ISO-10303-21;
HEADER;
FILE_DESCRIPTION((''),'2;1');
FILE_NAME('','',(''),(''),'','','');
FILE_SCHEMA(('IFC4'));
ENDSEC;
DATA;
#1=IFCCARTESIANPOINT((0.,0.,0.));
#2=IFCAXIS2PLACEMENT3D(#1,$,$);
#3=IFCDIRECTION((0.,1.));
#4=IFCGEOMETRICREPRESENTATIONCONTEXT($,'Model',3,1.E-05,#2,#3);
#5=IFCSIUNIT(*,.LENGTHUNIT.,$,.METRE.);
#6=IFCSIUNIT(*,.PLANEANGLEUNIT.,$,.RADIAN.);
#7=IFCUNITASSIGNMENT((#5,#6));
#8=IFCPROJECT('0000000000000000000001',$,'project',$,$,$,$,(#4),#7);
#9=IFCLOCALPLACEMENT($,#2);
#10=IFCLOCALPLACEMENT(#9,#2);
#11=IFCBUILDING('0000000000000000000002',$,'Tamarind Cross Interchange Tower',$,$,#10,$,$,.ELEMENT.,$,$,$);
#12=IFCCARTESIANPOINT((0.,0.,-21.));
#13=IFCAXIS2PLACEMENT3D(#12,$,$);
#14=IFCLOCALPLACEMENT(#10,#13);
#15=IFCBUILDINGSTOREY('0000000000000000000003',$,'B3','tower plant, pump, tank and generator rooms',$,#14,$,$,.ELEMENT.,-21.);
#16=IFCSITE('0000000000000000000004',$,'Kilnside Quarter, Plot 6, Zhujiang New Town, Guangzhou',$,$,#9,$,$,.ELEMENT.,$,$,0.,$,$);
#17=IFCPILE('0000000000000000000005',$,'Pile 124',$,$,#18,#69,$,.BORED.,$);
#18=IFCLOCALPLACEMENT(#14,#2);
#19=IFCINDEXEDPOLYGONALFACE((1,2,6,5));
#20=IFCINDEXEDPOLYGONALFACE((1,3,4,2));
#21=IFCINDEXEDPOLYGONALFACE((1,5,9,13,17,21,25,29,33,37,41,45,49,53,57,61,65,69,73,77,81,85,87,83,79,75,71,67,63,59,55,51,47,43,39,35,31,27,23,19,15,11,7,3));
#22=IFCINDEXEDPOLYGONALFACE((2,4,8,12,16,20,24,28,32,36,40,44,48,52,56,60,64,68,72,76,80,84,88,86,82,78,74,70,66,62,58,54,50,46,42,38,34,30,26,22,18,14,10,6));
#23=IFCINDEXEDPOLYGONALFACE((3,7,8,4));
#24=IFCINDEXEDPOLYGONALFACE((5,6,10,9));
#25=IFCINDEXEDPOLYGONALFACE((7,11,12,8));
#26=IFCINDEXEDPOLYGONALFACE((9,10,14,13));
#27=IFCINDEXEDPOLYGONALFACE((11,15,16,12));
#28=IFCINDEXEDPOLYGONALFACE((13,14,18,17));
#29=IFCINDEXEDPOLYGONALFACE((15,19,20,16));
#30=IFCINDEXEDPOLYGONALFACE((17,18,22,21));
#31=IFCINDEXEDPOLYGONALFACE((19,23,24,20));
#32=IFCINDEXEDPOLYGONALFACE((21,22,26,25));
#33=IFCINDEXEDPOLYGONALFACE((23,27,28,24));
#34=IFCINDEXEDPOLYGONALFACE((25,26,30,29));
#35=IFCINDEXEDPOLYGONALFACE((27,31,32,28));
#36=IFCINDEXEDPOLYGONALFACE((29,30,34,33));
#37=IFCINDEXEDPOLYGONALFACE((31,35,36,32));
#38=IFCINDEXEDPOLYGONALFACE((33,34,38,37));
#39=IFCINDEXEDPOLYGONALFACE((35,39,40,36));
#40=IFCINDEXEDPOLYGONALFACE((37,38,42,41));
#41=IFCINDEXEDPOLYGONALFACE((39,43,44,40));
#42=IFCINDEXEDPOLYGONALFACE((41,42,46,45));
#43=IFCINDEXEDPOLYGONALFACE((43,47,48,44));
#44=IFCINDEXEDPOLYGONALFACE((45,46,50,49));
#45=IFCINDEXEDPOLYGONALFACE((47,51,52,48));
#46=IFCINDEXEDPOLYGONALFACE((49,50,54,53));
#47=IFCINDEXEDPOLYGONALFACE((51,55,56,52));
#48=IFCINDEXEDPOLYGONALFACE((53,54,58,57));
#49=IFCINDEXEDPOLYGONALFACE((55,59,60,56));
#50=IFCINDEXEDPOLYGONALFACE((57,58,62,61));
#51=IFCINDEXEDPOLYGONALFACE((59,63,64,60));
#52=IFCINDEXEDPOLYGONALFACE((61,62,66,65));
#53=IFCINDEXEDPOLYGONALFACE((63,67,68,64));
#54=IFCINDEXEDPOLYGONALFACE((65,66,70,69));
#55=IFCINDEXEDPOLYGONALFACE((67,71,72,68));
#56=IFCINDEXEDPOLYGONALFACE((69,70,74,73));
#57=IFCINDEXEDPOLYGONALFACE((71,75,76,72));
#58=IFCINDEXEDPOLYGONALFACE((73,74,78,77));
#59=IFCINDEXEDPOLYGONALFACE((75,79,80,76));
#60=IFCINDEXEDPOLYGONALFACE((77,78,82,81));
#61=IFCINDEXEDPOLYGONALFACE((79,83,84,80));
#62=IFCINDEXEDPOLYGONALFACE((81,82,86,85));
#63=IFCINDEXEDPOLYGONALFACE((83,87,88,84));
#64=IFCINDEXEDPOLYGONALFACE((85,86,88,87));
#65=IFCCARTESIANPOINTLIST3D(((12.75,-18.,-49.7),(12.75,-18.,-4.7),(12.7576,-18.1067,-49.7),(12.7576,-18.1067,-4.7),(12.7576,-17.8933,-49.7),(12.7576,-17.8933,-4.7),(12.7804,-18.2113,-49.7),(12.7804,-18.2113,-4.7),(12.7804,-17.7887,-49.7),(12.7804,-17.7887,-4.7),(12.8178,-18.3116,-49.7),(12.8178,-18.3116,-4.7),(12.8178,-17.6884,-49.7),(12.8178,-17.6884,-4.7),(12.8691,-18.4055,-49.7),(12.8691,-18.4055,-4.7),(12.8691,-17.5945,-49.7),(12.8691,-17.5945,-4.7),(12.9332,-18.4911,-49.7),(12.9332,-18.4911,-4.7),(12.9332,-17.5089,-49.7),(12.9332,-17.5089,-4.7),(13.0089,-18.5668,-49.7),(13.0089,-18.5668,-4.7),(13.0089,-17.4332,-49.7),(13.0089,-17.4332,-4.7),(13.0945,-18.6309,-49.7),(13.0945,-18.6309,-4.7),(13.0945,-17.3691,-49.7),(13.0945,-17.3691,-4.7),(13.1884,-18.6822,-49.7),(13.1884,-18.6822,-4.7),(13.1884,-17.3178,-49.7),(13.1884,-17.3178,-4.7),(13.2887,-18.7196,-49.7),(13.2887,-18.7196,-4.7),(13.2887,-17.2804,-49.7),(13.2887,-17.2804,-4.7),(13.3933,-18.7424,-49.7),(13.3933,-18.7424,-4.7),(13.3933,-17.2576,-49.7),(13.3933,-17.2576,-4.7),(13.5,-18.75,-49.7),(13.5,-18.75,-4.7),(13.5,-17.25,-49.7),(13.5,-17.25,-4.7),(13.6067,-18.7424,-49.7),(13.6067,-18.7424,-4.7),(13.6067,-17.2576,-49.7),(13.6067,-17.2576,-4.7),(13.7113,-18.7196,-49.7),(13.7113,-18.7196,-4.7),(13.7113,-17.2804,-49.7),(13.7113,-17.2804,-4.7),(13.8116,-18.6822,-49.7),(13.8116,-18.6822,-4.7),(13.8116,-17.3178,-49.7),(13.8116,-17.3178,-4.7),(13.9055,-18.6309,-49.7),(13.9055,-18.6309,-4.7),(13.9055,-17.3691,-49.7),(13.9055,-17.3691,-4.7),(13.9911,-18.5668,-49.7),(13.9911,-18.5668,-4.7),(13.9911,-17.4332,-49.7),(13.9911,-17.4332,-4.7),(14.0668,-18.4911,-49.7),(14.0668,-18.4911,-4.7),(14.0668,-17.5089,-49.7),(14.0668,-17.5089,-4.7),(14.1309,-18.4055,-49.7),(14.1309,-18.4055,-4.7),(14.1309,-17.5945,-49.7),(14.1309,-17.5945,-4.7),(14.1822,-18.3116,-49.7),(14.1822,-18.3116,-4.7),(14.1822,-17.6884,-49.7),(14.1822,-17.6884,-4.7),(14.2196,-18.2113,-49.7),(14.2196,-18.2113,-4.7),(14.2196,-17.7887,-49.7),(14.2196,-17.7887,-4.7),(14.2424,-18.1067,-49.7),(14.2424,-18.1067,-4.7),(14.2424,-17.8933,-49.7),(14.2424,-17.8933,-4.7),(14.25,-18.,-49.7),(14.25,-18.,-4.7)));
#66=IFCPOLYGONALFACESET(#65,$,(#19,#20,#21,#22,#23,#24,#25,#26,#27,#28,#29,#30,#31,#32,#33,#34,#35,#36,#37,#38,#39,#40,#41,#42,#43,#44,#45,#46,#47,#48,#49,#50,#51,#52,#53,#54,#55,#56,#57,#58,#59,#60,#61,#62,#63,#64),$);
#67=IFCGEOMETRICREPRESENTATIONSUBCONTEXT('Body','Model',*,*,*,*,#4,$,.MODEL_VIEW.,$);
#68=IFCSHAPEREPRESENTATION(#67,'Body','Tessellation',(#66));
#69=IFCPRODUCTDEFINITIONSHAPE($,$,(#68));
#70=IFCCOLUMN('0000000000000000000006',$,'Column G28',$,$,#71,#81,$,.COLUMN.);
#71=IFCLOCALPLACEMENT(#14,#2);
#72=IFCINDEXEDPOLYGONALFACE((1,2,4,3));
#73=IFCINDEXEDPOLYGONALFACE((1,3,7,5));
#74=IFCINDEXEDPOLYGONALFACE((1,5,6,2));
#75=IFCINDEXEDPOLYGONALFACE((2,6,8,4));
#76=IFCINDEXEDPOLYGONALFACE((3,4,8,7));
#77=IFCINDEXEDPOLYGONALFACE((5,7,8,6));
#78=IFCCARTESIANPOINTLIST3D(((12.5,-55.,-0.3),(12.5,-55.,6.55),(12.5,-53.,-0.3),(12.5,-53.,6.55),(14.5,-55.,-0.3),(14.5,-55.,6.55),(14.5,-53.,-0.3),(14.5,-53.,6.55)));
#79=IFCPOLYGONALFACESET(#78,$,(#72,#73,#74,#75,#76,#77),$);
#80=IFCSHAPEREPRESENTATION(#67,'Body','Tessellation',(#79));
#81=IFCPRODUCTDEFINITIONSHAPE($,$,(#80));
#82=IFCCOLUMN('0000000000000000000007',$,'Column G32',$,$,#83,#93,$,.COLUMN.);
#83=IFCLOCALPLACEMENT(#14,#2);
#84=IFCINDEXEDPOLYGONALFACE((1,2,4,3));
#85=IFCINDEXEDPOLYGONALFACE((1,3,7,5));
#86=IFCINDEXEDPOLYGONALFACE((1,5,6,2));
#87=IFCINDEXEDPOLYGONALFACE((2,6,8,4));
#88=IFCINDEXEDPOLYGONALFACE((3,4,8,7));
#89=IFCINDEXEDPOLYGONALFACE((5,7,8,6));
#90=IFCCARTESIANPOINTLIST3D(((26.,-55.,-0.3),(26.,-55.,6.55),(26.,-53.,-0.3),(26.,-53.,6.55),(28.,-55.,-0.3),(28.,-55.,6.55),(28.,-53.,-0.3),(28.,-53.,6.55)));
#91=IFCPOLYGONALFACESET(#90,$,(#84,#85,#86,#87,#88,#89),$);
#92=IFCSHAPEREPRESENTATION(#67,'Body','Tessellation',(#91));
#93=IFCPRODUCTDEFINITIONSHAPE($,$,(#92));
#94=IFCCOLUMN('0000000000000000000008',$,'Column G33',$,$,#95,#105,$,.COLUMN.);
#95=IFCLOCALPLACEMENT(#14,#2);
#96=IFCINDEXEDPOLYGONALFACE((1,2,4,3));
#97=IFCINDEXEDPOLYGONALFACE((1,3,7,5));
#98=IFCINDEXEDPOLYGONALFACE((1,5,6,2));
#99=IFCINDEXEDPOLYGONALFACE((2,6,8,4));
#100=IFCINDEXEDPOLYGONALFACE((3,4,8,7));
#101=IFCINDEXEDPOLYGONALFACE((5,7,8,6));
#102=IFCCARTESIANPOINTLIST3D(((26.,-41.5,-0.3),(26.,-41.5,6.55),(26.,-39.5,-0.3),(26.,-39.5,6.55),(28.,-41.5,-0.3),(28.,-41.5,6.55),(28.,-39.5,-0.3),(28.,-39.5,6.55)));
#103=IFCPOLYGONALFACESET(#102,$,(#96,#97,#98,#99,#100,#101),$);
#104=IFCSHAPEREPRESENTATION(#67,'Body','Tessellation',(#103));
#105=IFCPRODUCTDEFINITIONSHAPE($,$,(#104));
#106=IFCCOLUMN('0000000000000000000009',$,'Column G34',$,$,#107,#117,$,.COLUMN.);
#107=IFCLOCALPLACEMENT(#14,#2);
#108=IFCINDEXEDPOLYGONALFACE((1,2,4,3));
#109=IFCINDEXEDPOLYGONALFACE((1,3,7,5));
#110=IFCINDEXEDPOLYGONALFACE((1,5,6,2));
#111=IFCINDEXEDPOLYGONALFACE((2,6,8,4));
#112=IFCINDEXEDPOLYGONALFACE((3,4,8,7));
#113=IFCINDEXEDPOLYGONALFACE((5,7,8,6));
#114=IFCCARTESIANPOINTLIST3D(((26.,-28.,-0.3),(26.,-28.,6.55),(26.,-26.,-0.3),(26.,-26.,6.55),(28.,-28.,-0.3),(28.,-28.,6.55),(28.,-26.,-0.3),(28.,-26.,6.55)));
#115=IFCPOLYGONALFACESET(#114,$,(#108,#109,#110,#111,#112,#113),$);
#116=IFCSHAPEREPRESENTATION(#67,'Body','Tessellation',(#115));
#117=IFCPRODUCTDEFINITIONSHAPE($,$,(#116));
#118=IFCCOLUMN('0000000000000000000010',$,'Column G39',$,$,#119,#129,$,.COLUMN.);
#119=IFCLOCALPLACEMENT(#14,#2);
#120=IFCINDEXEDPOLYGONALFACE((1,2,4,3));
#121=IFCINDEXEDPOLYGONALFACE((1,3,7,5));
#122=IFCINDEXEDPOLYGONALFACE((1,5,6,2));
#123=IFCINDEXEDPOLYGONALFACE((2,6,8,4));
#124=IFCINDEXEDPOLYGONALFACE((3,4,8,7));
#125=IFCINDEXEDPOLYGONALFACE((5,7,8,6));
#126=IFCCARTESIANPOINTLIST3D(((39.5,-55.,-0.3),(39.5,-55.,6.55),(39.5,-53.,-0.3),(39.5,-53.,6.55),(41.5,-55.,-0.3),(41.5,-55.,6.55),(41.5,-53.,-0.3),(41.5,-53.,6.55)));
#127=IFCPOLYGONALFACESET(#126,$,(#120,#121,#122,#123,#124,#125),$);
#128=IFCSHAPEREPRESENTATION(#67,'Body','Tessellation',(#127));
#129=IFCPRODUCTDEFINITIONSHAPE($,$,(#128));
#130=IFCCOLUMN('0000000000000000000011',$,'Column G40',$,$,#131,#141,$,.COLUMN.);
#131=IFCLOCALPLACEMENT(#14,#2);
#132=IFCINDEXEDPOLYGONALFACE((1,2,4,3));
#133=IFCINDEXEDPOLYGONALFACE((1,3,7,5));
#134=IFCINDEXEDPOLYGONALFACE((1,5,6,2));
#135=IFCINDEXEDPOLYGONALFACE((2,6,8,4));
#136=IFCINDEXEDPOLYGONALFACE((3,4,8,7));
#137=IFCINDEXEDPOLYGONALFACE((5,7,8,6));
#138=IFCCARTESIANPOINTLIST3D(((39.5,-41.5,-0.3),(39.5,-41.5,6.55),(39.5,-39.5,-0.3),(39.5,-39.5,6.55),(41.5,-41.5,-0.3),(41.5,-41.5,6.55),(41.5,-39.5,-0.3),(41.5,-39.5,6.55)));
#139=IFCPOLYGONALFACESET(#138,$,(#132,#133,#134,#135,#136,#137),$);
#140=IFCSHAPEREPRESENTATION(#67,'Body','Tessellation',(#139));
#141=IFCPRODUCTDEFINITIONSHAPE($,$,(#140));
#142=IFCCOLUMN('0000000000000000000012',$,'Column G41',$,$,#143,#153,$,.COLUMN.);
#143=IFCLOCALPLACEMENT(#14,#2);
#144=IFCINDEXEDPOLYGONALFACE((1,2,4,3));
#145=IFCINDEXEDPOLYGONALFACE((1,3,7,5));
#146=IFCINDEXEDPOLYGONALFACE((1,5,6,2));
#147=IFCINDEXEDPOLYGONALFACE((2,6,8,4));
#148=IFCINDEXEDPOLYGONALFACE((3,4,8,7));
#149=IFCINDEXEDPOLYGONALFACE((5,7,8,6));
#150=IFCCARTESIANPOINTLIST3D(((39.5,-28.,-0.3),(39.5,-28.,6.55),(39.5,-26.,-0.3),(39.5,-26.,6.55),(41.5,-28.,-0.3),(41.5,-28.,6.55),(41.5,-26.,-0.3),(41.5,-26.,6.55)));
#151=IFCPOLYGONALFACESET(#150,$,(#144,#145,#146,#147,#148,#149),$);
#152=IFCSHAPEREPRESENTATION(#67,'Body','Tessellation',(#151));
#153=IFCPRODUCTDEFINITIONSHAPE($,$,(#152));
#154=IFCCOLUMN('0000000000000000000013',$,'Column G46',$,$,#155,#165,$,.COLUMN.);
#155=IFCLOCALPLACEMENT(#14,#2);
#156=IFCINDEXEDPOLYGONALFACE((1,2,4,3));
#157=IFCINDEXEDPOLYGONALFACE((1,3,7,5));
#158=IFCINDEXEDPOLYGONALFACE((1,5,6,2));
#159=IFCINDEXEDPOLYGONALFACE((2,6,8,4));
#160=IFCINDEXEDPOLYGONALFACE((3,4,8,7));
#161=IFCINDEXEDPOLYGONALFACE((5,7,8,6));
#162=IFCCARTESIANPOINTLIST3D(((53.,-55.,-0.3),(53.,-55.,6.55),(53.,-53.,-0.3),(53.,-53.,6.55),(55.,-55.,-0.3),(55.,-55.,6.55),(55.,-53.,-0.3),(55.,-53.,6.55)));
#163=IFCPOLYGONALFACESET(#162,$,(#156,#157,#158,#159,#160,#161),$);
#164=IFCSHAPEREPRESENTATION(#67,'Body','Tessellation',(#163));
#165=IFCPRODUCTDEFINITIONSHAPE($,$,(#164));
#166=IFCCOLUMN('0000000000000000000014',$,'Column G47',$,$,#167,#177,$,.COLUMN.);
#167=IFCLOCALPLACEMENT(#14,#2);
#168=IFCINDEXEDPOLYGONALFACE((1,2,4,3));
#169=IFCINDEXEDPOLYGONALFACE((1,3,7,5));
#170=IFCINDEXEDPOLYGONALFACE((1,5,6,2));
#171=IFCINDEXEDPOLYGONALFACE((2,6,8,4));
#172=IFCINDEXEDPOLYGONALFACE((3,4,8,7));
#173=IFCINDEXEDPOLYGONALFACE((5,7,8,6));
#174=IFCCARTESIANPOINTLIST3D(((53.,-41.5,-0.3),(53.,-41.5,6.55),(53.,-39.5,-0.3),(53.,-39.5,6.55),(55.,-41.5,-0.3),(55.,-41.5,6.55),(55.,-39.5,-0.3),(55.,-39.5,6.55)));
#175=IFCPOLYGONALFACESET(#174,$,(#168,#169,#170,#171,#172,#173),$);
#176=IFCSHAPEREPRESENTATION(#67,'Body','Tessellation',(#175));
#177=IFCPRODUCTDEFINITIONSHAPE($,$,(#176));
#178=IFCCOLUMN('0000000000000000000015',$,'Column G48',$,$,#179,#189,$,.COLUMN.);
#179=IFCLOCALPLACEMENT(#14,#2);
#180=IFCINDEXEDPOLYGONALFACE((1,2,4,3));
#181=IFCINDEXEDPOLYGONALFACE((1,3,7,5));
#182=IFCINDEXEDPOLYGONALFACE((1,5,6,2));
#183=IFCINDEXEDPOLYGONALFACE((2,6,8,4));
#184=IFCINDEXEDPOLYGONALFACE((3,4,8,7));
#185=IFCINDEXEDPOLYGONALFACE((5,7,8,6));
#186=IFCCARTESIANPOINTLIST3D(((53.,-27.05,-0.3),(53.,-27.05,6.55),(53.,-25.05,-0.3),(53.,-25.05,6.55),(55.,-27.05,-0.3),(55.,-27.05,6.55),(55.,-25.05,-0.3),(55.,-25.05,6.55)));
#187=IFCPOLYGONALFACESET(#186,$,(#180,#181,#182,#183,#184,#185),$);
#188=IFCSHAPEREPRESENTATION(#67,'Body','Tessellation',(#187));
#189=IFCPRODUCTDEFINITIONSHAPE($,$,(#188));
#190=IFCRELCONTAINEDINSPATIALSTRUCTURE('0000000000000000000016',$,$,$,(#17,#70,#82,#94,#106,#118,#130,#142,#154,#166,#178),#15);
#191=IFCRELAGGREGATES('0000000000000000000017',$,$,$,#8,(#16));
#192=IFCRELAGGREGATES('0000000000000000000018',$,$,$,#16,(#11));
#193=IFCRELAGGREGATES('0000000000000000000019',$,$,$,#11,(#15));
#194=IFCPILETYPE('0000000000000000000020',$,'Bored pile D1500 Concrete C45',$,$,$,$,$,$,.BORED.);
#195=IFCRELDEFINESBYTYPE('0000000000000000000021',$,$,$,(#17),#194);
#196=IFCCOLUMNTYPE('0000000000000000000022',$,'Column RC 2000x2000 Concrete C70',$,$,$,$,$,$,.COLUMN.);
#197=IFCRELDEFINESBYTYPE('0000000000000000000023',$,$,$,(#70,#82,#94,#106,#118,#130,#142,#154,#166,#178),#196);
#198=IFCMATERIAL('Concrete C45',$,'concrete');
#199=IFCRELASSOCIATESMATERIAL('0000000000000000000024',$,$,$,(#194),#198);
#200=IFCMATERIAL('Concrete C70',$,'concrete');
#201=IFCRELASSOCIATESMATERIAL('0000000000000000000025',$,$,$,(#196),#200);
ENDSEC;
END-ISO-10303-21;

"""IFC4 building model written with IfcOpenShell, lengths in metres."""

from ifc_helpers import new_model, si_unit, direction, frame, origin, origin_2d, place, context, subcontext, project, spatial, rectangle, circle, extrude, material, material_profile, profile_set, type_object, element, save


model = new_model("IFC4")

# Units and contexts
model_context = context("Model", 3, precision=1e-05, world=origin(), true_north=direction((0.0, 1.0)))
body_context = subcontext(model_context, "Body", "Model", "MODEL_VIEW")
ifc_project = project(units=[si_unit("LENGTHUNIT", "METRE"), si_unit("PLANEANGLEUNIT", "RADIAN")], contexts=[model_context])

# Site, building, storey
site_placement = place(None, origin())
site = spatial("IfcSite", under=ifc_project, at=site_placement, Name="Kilnside Quarter, Plot 6, Zhujiang New Town, Guangzhou", CompositionType="ELEMENT", RefElevation=0.0)
building_placement = place(site_placement, origin())
building = spatial("IfcBuilding", under=site, at=building_placement, Name="Tamarind Cross Interchange Tower", CompositionType="ELEMENT")
storey_placement = place(building_placement, frame((0.0, 0.0, -21.0)))
storey = spatial("IfcBuildingStorey", under=building, at=storey_placement, Name="B3", Description="tower plant, pump, tank and generator rooms", CompositionType="ELEMENT", Elevation=-21.0)

# Pile
ifc_material_1 = material(Name="Concrete C45", Category="concrete")
ifc_material_profile_1 = material_profile(ifc_material_1, circle(Radius=0.75, at=origin_2d()), Name="RC D1500")
ifc_profile_set_1 = profile_set([ifc_material_profile_1], Name="Concrete C45")
pile_type = type_object("IfcPileType", Name="Bored pile D1500 Concrete C45", PredefinedType="BORED", material=ifc_profile_set_1)
pile_placement = place(storey_placement, frame((13.5, -18.0, -4.7), z_axis=(0.0, 0.0, -1.0), x_axis=(1.0, 0.0, 0.0)))
element("IfcPile", 1, at=pile_placement, inside=storey, type_object=pile_type, Name="Pile 124", PredefinedType="BORED", context=body_context, shape_type="SweptSolid", body=[
    extrude(circle(Radius=0.75, at=origin_2d()), origin(), (0.0, 0.0, 1.0), 45.0),
])

# Columns
ifc_material_2 = material(Name="Concrete C70", Category="concrete")
ifc_material_profile_2 = material_profile(ifc_material_2, rectangle(XDim=2.0, YDim=2.0, at=origin_2d()), Name="RC 2000x2000")
ifc_profile_set_2 = profile_set([ifc_material_profile_2], Name="Concrete C70")
column_type_1 = type_object("IfcColumnType", Name="Column RC 2000x2000 Concrete C70", PredefinedType="COLUMN", material=ifc_profile_set_2)
for number, where, z_axis, x_axis, name in (
    (2, (13.5, -54.0, -0.3), (0.0, 0.0, 1.0), (1.0, 0.0, 0.0), "Column G28"),
    (3, (27.0, -54.0, -0.3), (0.0, 0.0, 1.0), (1.0, 0.0, 0.0), "Column G32"),
    (4, (27.0, -40.5, -0.3), (0.0, 0.0, 1.0), (1.0, 0.0, 0.0), "Column G33"),
    (5, (27.0, -27.0, -0.3), (0.0, 0.0, 1.0), (1.0, 0.0, 0.0), "Column G34"),
    (6, (40.5, -54.0, -0.3), (0.0, 0.0, 1.0), (1.0, 0.0, 0.0), "Column G39"),
    (7, (40.5, -40.5, -0.3), (0.0, 0.0, 1.0), (1.0, 0.0, 0.0), "Column G40"),
    (8, (40.5, -27.0, -0.3), (0.0, 0.0, 1.0), (1.0, 0.0, 0.0), "Column G41"),
    (9, (54.0, -54.0, -0.3), (0.0, 0.0, 1.0), (1.0, 0.0, 0.0), "Column G46"),
    (10, (54.0, -40.5, -0.3), (0.0, 0.0, 1.0), (1.0, 0.0, 0.0), "Column G47"),
    (11, (54.0, -26.05, -0.3), (0.0, 0.0, 1.0), (1.0, 0.0, 0.0), "Column G48"),
):
    element("IfcColumn", number, at=place(storey_placement, frame(where, z_axis=z_axis, x_axis=x_axis)), inside=storey, type_object=column_type_1, Name=name, PredefinedType="COLUMN", context=body_context, shape_type="SweptSolid", body=[
        extrude(rectangle(XDim=2.0, YDim=2.0, at=origin_2d()), origin(), (0.0, 0.0, 1.0), 6.8501),
    ])

save(model, "model.ifc")
